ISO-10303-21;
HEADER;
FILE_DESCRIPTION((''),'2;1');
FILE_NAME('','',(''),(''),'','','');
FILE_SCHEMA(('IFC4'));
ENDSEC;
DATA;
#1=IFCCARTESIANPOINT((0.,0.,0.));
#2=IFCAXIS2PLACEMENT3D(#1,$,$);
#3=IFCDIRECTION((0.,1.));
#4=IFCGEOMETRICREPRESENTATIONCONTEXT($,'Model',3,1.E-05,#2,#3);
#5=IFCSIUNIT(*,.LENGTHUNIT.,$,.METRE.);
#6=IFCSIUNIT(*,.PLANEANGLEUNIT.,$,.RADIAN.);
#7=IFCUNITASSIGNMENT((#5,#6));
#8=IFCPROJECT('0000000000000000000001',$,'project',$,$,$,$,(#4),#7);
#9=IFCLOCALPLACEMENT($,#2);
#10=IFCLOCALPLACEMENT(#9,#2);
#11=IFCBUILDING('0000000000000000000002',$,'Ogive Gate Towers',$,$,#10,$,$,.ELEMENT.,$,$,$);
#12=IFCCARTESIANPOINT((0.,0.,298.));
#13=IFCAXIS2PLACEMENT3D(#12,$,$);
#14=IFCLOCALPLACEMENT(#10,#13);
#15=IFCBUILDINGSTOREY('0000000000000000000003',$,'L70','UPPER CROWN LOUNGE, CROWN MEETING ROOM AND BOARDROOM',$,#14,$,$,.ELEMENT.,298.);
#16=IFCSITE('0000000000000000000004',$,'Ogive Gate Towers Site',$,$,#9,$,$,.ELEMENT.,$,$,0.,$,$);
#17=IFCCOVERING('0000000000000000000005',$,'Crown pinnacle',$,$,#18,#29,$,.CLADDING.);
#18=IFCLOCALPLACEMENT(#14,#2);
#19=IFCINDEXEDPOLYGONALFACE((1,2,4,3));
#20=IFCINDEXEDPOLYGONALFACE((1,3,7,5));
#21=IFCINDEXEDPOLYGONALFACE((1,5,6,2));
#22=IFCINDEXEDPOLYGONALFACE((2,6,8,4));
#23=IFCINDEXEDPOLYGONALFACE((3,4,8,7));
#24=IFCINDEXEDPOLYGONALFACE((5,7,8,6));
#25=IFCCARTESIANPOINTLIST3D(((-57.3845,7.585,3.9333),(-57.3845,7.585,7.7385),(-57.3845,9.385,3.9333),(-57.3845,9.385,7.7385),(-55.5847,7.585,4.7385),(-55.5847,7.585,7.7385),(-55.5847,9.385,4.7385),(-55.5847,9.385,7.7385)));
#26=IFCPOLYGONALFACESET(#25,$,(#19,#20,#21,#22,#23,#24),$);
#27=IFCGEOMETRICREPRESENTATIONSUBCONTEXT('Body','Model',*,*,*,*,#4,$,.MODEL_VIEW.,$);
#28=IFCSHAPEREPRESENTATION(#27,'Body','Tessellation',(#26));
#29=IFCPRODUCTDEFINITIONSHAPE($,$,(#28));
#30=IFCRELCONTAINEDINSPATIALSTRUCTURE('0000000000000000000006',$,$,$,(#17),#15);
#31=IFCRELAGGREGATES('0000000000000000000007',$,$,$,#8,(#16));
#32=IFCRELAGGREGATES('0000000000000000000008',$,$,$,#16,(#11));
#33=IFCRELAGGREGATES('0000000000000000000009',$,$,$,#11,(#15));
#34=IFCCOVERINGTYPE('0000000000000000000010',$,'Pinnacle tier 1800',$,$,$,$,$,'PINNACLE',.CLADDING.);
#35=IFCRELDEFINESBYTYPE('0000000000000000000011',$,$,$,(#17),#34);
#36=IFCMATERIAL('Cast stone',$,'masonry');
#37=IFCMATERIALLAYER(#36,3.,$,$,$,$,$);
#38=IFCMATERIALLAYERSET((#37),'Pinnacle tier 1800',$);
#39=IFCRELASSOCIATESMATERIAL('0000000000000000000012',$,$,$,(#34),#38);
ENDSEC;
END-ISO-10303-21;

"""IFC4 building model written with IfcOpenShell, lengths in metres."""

from ifc_helpers import new_model, si_unit, direction, frame, origin, place, context, subcontext, project, spatial, polyline, outline, extrude, material, layer, layer_set, type_object, element, save


model = new_model("IFC4")

# Units and contexts
model_context = context("Model", 3, precision=1e-05, world=origin(), true_north=direction((0.0, 1.0)))
body_context = subcontext(model_context, "Body", "Model", "MODEL_VIEW")
ifc_project = project(units=[si_unit("LENGTHUNIT", "METRE"), si_unit("PLANEANGLEUNIT", "RADIAN")], contexts=[model_context])

# Site, building, storey
site_placement = place(None, origin())
site = spatial("IfcSite", under=ifc_project, at=site_placement, Name="Ogive Gate Towers Site", CompositionType="ELEMENT", RefElevation=0.0)
building_placement = place(site_placement, origin())
building = spatial("IfcBuilding", under=site, at=building_placement, Name="Ogive Gate Towers", CompositionType="ELEMENT")
storey_placement = place(building_placement, frame((0.0, 0.0, 298.0)))
storey = spatial("IfcBuildingStorey", under=building, at=storey_placement, Name="L70", Description="UPPER CROWN LOUNGE, CROWN MEETING ROOM AND BOARDROOM", CompositionType="ELEMENT", Elevation=298.0)

# Covering
ifc_material_1 = material(Name="Cast stone", Category="masonry")
ifc_layer_1 = layer(ifc_material_1, 3.0)
ifc_layer_set_1 = layer_set([ifc_layer_1], Name="Pinnacle tier 1800")
covering_type = type_object("IfcCoveringType", Name="Pinnacle tier 1800", ElementType="PINNACLE", PredefinedType="CLADDING", material=ifc_layer_set_1)
covering_placement = place(storey_placement, frame((-56.4846, 7.585, 4.3359), z_axis=(0.0, 1.0, 0.0), x_axis=(-1.0, 0.0, 0.0)))
element("IfcCovering", 1, at=covering_placement, inside=storey, type_object=covering_type, Name="Crown pinnacle", PredefinedType="CLADDING", context=body_context, shape_type="SweptSolid", body=[
    extrude(outline(polyline([(0.8999, -0.4026), (-0.8999, 0.4026), (-0.8999, 3.4026), (0.8999, 3.4026), (0.8999, -0.4026)])), origin(), (0.0, 0.0, 1.0), 1.8),
])

save(model, "model.ifc")
